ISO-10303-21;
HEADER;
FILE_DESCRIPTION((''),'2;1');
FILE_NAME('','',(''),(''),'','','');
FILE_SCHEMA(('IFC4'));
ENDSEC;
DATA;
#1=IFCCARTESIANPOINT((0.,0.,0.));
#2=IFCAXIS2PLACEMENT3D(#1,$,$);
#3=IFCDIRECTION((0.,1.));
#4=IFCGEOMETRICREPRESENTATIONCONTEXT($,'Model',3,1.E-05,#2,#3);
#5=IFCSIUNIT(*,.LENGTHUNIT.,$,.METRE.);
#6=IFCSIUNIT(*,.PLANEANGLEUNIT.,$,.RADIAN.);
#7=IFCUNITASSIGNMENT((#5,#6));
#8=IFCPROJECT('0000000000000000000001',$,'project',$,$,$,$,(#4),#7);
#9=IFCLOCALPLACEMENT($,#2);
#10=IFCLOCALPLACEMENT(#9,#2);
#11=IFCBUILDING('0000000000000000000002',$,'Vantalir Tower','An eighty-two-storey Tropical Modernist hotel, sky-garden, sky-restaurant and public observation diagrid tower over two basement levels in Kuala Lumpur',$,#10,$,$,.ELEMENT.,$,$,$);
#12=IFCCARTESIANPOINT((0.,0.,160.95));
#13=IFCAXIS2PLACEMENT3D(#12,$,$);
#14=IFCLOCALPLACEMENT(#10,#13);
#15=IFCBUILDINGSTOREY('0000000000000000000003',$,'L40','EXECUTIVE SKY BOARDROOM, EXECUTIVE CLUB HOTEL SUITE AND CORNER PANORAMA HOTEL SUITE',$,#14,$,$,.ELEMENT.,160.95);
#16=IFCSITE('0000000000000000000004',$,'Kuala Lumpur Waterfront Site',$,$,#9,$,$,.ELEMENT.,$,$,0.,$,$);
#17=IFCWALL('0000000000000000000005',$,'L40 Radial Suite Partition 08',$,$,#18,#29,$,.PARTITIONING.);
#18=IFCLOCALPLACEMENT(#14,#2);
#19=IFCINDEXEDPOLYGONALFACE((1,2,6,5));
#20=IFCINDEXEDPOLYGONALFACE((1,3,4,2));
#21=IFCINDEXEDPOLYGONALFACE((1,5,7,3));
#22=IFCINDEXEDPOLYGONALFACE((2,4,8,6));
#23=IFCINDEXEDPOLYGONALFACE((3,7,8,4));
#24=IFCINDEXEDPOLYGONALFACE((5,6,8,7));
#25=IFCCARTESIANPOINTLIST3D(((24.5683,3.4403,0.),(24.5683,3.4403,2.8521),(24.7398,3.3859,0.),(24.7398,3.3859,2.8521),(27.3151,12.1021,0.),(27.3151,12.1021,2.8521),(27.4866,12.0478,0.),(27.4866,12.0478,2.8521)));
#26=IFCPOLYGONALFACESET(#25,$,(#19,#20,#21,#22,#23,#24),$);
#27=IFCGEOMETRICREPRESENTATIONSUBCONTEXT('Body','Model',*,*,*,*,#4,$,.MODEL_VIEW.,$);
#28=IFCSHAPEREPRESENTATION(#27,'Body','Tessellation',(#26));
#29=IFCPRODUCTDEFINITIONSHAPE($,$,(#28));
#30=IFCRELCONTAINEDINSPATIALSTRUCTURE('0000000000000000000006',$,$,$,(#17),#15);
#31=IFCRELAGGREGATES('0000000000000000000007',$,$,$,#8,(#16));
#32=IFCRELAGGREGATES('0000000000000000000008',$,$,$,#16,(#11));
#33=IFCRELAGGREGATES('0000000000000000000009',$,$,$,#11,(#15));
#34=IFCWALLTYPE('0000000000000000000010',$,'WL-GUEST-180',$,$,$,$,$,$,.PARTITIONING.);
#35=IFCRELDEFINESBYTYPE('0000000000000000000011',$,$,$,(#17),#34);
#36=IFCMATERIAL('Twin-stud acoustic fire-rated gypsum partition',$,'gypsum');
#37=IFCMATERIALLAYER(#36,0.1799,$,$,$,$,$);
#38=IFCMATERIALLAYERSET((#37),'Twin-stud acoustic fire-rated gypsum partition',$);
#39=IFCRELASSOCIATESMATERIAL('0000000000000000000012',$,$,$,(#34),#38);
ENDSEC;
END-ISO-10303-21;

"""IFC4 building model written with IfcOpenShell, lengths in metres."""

from ifc_helpers import new_model, si_unit, direction, frame, frame_2d, origin, place, context, subcontext, project, spatial, rectangle, extrude, material, layer, layer_set, type_object, element, save


model = new_model("IFC4")

# Units and contexts
model_context = context("Model", 3, precision=1e-05, world=origin(), true_north=direction((0.0, 1.0)))
body_context = subcontext(model_context, "Body", "Model", "MODEL_VIEW")
ifc_project = project(units=[si_unit("LENGTHUNIT", "METRE"), si_unit("PLANEANGLEUNIT", "RADIAN")], contexts=[model_context])

# Site, building, storey
site_placement = place(None, origin())
site = spatial("IfcSite", under=ifc_project, at=site_placement, Name="Kuala Lumpur Waterfront Site", CompositionType="ELEMENT", RefElevation=0.0)
building_placement = place(site_placement, origin())
building = spatial("IfcBuilding", under=site, at=building_placement, Name="Vantalir Tower", Description="An eighty-two-storey Tropical Modernist hotel, sky-garden, sky-restaurant and public observation diagrid tower over two basement levels in Kuala Lumpur", CompositionType="ELEMENT")
storey_placement = place(building_placement, frame((0.0, 0.0, 160.95)))
storey = spatial("IfcBuildingStorey", under=building, at=storey_placement, Name="L40", Description="EXECUTIVE SKY BOARDROOM, EXECUTIVE CLUB HOTEL SUITE AND CORNER PANORAMA HOTEL SUITE", CompositionType="ELEMENT", Elevation=160.95)

# Wall
ifc_material_1 = material(Name="Twin-stud acoustic fire-rated gypsum partition", Category="gypsum")
ifc_layer_1 = layer(ifc_material_1, 0.1799)
ifc_layer_set_1 = layer_set([ifc_layer_1], Name="Twin-stud acoustic fire-rated gypsum partition")
wall_type_1 = type_object("IfcWallType", Name="WL-GUEST-180", PredefinedType="PARTITIONING", material=ifc_layer_set_1)
wall_1_placement = place(storey_placement, frame((27.4009, 12.075, 0.0), z_axis=(0.0, 0.0, 1.0), x_axis=(-0.302282, -0.953219, 0.0)))
element("IfcWall", 1, at=wall_1_placement, inside=storey, type_object=wall_type_1, Name="L40 Radial Suite Partition 08", PredefinedType="PARTITIONING", context=body_context, shape_type="SweptSolid", body=[
    extrude(rectangle(XDim=9.0869, YDim=0.1799, at=frame_2d((4.5435, 0.0))), origin(), (0.0, 0.0, 1.0), 2.8521),
])

save(model, "model.ifc")
